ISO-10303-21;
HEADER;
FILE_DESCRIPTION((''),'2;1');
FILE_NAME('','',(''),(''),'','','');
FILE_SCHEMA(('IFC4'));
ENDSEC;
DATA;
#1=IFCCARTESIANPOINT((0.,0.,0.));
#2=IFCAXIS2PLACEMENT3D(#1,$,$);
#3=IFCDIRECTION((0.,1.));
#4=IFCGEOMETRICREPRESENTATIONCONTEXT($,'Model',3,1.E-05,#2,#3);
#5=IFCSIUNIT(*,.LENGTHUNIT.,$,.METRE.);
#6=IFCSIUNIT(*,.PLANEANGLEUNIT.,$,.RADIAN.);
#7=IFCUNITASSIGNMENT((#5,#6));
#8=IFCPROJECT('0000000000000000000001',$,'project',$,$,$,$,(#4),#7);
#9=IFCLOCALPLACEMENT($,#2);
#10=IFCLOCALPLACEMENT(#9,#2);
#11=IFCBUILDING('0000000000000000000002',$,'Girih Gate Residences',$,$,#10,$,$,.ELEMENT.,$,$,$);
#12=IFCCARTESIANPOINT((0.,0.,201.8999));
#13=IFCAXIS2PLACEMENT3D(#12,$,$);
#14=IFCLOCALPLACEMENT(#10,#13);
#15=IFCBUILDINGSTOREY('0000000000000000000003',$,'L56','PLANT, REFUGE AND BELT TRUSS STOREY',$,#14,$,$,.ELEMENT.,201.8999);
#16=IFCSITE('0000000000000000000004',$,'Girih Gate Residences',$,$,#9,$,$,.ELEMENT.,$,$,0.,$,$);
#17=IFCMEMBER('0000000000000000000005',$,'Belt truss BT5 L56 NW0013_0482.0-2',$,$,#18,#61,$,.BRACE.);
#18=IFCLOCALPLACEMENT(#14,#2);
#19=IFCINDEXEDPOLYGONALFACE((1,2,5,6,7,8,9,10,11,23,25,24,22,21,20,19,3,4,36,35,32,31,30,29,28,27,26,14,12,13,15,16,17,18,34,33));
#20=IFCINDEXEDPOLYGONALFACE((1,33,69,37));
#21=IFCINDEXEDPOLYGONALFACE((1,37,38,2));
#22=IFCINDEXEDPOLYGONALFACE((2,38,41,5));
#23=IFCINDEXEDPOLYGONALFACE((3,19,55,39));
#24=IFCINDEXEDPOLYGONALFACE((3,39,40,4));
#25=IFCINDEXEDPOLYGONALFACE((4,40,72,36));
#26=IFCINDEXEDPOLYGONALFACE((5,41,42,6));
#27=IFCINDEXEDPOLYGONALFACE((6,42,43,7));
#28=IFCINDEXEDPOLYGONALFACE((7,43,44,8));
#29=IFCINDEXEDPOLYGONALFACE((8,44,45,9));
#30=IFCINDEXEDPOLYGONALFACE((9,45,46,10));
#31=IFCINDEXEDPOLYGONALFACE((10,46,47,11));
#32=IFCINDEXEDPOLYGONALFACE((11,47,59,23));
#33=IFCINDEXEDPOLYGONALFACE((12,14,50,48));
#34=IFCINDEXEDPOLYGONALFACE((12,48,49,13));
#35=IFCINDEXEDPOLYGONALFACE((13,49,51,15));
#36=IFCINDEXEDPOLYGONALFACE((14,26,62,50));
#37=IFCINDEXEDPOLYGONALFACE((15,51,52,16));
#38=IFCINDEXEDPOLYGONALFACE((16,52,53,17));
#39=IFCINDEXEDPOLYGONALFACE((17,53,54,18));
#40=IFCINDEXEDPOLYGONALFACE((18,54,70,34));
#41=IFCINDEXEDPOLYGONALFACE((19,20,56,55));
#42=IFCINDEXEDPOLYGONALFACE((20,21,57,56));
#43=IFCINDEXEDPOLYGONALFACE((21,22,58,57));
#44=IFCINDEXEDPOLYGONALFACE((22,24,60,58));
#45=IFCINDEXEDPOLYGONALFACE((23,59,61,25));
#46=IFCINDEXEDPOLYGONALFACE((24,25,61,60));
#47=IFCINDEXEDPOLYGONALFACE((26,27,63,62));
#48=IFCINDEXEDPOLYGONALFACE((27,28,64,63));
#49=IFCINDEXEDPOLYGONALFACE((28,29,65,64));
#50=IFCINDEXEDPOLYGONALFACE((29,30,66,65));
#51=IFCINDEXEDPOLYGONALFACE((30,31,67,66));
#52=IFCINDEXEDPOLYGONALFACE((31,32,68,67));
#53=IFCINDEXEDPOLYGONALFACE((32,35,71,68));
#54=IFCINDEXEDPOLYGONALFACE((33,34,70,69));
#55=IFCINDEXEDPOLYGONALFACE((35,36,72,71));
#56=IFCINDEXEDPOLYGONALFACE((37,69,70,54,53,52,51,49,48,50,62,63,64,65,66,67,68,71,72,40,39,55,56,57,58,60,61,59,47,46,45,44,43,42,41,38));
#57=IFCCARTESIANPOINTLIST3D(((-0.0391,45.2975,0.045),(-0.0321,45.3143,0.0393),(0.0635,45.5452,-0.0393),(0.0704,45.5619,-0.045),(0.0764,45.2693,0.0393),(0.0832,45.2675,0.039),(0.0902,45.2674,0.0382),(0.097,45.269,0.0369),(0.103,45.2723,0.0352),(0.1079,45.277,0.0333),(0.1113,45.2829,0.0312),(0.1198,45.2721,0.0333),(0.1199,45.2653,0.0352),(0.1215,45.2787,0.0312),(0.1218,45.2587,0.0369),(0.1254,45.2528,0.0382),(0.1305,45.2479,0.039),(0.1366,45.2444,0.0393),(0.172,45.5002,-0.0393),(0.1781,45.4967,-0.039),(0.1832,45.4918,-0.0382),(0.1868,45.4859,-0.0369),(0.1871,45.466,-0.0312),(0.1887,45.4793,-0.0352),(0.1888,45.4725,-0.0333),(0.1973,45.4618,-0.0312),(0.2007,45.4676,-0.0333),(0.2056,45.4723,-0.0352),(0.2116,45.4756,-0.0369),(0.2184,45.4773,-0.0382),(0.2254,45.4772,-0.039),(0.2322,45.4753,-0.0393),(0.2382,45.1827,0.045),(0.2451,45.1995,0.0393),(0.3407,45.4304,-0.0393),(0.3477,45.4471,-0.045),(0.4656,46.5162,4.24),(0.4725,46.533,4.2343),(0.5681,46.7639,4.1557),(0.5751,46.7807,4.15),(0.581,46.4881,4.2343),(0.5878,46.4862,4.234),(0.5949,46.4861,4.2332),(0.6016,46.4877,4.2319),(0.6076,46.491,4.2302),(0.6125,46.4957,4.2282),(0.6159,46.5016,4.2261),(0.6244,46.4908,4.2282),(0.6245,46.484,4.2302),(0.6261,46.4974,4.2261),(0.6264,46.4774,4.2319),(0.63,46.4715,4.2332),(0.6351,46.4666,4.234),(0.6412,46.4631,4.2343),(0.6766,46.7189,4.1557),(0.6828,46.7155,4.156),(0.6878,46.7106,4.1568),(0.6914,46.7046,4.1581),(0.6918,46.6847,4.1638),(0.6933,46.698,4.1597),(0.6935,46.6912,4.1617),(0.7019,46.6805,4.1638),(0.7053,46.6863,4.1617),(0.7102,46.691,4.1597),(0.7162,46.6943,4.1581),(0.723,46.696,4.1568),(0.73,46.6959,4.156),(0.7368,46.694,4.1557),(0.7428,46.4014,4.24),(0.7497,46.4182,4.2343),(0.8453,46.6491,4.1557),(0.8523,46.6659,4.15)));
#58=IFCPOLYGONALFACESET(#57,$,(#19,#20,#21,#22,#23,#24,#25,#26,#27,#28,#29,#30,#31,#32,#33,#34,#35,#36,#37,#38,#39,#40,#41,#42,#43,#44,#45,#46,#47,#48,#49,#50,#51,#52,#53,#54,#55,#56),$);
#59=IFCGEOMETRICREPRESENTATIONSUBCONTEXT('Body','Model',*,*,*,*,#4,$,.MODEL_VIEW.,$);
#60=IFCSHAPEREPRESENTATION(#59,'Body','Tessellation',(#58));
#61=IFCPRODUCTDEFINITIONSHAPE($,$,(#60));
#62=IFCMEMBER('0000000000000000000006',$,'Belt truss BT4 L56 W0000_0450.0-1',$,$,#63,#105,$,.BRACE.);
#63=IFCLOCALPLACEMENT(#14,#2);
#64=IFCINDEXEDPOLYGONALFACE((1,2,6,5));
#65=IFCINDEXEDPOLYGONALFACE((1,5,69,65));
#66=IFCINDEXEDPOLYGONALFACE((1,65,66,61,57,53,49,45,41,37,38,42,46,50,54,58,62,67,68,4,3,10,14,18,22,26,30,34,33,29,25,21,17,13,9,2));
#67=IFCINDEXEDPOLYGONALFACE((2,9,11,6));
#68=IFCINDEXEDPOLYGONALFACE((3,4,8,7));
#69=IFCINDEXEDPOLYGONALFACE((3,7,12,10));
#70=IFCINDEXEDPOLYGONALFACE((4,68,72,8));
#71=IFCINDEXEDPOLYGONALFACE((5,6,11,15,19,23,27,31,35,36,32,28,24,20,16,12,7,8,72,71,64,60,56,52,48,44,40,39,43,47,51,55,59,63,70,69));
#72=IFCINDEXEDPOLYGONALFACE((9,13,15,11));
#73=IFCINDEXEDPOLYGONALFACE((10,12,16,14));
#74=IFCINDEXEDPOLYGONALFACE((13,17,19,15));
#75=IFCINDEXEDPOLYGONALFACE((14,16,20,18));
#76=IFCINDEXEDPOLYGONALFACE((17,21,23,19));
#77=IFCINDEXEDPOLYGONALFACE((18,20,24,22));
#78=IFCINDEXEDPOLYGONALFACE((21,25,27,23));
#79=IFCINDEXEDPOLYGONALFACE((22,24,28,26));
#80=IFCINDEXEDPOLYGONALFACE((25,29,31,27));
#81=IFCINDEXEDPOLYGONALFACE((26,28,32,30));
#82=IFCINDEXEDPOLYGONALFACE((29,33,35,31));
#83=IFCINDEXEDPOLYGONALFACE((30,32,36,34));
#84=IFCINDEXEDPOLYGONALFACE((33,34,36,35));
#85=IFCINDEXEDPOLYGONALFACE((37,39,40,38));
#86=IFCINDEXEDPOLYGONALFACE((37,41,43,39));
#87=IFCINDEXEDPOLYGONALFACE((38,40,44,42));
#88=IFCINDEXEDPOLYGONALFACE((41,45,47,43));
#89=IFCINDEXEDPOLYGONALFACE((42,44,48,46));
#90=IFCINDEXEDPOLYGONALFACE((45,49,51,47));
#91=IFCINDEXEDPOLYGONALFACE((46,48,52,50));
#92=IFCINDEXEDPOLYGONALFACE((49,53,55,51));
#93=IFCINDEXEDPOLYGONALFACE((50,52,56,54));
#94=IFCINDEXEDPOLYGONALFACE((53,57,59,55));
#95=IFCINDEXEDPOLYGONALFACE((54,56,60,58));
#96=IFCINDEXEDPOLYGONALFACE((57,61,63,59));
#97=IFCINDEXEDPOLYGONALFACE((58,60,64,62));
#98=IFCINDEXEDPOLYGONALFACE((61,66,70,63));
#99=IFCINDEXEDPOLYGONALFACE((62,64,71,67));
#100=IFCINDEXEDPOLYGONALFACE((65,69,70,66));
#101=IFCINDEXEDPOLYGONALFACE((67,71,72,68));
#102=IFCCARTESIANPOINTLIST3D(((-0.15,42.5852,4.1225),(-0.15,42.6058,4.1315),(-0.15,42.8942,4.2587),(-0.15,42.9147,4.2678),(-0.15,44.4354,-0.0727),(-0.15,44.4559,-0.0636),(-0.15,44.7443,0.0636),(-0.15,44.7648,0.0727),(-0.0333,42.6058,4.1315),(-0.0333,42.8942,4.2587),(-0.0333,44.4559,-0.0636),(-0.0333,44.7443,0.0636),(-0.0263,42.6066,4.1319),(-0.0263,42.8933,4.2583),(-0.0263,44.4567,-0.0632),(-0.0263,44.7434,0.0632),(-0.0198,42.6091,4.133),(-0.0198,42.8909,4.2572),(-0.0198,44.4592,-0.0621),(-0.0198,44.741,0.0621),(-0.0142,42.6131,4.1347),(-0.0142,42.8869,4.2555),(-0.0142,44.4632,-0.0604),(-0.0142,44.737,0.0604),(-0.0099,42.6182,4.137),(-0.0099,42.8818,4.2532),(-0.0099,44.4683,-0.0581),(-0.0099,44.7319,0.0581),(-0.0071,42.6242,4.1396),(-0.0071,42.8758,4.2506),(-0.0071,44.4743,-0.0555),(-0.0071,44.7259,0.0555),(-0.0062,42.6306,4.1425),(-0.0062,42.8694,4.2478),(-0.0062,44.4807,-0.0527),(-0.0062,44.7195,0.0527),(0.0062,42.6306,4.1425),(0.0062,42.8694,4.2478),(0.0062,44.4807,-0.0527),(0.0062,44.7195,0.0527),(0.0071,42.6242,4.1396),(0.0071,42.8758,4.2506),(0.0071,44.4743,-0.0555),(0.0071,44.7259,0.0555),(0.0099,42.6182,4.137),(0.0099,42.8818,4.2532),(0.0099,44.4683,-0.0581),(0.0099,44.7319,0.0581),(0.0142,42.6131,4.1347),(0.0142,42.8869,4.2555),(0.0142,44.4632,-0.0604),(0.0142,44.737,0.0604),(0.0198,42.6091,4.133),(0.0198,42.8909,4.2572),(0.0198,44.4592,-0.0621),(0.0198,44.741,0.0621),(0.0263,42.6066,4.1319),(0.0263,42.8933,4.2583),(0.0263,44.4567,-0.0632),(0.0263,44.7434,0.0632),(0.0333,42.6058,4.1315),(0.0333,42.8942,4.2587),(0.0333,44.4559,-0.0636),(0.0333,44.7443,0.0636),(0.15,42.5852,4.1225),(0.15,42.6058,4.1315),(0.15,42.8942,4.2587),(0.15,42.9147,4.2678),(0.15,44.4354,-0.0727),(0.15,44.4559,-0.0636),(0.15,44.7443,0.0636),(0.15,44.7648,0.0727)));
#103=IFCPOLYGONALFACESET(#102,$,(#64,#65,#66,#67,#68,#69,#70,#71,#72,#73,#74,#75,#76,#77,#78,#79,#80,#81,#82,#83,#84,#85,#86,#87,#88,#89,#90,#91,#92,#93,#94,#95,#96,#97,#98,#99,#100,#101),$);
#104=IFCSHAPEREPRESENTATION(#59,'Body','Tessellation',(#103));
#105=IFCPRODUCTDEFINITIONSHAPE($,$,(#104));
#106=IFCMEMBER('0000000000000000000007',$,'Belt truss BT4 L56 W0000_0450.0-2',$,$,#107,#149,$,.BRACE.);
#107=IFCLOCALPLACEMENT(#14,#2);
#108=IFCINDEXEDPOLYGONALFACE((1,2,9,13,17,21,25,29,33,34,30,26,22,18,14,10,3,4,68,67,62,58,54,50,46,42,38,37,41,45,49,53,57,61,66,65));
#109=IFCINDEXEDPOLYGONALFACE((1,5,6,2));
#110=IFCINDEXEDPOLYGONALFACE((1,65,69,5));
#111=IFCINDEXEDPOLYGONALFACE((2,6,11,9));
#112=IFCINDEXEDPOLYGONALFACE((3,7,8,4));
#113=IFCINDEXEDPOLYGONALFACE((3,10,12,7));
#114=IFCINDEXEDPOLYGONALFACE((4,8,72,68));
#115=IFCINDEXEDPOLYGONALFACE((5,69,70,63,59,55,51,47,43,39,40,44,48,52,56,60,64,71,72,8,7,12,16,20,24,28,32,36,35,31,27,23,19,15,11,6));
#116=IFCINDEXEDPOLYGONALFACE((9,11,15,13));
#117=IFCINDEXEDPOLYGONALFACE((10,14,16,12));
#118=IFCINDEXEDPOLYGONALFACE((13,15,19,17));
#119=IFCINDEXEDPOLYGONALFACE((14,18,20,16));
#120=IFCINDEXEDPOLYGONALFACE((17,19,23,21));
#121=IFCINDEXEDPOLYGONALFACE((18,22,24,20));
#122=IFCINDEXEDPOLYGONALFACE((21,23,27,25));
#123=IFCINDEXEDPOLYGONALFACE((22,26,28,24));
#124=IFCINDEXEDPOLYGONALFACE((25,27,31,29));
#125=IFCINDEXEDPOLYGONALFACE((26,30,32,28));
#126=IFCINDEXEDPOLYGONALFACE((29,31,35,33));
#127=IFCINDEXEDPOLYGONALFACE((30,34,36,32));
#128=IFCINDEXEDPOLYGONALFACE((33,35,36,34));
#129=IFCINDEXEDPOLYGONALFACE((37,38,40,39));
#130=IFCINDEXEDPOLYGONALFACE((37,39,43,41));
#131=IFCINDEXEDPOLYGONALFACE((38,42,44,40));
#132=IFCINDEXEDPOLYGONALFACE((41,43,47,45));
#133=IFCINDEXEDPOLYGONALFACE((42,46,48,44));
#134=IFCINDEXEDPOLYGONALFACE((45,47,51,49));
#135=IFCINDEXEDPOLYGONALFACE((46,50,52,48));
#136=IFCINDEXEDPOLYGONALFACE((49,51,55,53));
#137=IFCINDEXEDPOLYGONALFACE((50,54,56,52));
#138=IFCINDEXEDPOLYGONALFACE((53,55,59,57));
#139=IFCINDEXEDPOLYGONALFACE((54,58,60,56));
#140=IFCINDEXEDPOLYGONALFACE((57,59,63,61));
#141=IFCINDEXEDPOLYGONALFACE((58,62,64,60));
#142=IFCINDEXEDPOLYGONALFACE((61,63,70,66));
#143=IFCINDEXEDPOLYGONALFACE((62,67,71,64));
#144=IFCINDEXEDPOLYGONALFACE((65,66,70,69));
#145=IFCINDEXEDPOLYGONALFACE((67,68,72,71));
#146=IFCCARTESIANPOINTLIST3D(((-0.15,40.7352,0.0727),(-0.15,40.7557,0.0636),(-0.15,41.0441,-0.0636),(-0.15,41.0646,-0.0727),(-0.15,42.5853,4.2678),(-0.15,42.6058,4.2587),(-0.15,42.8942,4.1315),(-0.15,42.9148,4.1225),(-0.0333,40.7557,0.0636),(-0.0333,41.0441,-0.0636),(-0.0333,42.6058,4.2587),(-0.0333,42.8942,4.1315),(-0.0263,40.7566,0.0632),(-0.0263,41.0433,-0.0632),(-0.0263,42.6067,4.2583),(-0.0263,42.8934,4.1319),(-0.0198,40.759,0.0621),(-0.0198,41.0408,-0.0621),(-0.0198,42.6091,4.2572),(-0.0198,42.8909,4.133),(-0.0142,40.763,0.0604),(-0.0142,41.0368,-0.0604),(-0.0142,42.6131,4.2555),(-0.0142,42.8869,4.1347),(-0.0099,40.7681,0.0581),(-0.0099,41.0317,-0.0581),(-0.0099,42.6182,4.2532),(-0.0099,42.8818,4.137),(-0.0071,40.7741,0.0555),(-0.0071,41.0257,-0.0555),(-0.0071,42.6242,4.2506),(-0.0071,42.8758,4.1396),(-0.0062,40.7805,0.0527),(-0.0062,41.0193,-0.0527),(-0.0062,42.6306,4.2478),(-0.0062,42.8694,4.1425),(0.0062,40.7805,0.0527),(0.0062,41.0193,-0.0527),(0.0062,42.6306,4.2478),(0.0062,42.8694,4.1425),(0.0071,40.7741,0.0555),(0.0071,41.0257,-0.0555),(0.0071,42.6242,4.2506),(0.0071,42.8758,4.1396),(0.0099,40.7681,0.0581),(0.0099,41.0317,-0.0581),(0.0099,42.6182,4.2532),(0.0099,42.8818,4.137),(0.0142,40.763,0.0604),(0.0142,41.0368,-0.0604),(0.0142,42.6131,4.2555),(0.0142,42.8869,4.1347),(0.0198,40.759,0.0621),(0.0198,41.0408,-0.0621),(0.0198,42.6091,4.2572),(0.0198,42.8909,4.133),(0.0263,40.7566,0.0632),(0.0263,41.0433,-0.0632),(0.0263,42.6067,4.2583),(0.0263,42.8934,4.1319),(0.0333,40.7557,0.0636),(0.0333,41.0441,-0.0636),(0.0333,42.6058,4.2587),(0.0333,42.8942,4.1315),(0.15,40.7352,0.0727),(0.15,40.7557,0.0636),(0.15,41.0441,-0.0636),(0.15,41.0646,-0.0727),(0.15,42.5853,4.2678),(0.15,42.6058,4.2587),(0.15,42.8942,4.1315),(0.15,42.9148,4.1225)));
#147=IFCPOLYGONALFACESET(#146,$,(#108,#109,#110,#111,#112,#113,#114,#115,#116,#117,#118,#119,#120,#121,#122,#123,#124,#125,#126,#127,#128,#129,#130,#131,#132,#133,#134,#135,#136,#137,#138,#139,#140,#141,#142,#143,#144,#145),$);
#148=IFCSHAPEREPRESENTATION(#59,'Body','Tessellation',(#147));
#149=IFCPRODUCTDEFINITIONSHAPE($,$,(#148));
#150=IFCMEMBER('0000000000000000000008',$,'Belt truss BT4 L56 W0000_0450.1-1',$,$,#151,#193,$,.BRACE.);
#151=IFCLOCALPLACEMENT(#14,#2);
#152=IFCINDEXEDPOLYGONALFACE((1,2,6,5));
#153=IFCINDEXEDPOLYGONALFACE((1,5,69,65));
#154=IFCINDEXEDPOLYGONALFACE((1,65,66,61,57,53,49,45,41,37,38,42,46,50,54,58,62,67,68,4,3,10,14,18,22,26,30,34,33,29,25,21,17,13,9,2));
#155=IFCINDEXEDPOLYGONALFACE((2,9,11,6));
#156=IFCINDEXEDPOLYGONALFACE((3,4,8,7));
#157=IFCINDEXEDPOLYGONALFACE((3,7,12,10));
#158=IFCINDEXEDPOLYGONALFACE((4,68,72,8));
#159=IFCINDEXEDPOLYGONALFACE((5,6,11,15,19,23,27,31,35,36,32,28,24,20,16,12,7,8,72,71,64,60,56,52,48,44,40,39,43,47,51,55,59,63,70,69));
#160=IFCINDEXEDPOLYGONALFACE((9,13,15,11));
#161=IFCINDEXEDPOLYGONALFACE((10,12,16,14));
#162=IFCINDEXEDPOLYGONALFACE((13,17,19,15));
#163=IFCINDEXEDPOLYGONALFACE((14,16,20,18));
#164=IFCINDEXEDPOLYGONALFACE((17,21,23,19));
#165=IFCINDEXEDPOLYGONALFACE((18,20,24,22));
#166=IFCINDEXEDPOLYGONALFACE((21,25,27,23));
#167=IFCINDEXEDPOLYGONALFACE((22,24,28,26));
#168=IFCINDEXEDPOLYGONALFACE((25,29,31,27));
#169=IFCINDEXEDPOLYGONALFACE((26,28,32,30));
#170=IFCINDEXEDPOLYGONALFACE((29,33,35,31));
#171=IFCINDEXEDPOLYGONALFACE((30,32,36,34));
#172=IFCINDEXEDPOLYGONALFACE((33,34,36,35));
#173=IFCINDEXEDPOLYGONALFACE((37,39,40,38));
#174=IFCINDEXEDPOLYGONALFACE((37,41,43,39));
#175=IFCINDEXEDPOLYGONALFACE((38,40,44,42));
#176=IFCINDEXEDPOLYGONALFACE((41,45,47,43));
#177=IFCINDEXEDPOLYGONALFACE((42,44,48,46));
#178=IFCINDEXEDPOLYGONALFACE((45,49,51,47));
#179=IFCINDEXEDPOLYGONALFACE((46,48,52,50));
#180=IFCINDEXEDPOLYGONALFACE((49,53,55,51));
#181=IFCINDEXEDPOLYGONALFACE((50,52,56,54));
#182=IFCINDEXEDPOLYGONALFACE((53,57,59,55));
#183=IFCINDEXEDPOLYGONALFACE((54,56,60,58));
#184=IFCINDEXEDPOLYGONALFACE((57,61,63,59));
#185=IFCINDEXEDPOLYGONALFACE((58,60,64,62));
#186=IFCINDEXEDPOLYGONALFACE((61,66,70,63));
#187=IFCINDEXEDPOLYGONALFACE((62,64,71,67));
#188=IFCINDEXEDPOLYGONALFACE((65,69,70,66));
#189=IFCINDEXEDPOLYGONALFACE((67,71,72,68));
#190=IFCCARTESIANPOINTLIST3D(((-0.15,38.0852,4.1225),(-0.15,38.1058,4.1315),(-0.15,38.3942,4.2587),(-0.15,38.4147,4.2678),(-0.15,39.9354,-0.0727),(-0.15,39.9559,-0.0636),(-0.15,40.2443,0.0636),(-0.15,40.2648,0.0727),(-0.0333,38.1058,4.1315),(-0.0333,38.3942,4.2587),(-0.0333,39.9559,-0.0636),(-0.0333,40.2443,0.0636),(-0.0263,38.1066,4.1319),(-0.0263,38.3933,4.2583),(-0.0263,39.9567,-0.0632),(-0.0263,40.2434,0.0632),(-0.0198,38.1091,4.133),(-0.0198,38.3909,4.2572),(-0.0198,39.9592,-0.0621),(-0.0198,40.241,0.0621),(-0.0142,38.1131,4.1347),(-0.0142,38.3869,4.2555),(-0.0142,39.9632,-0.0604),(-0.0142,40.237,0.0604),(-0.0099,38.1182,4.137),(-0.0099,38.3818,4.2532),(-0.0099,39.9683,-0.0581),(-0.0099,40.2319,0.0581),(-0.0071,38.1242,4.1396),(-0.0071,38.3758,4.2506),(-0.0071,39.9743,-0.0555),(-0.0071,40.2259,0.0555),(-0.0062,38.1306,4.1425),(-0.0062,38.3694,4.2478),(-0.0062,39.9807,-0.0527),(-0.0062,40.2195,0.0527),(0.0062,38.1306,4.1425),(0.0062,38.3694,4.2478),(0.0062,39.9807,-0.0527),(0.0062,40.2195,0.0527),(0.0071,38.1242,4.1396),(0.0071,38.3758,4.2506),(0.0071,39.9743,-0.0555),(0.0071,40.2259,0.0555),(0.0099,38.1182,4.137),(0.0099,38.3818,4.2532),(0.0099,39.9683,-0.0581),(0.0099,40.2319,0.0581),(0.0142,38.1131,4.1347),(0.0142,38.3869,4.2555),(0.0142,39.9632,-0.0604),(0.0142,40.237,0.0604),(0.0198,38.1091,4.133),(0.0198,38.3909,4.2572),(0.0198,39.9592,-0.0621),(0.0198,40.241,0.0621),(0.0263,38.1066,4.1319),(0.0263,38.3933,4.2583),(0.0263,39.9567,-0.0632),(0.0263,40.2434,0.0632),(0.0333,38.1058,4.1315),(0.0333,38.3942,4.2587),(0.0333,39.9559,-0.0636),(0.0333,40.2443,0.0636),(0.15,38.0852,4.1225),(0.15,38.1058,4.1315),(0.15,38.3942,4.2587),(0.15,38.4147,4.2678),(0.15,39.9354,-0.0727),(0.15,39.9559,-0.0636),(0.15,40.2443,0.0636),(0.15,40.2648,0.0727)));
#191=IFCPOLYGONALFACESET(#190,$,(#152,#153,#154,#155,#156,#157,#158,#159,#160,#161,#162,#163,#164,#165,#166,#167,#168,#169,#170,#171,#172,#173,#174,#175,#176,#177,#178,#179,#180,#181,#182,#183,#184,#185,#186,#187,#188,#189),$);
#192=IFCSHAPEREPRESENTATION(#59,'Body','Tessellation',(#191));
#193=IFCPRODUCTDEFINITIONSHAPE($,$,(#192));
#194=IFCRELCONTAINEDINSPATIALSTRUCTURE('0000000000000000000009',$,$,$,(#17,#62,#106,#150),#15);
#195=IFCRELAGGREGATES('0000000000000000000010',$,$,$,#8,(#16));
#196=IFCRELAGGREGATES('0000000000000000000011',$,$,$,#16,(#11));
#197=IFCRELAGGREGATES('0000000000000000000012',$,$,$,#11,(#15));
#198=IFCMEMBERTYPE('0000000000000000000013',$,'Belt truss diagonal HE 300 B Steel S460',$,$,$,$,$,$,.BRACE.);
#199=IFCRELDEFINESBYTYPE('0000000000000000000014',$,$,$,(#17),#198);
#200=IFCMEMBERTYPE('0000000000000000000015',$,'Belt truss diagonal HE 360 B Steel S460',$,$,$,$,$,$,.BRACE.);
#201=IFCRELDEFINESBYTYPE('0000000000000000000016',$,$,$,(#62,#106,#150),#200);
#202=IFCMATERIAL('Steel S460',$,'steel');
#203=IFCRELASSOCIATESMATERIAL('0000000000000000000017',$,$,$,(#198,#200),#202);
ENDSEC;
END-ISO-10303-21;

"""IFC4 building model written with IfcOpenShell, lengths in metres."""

from ifc_helpers import new_model, si_unit, direction, frame, origin, origin_2d, place, context, subcontext, project, spatial, i_section, extrude, material, material_profile, profile_set, type_object, element, save


model = new_model("IFC4")

# Units and contexts
model_context = context("Model", 3, precision=1e-05, world=origin(), true_north=direction((0.0, 1.0)))
body_context = subcontext(model_context, "Body", "Model", "MODEL_VIEW")
ifc_project = project(units=[si_unit("LENGTHUNIT", "METRE"), si_unit("PLANEANGLEUNIT", "RADIAN")], contexts=[model_context])

# Site, building, storey
site_placement = place(None, origin())
site = spatial("IfcSite", under=ifc_project, at=site_placement, Name="Girih Gate Residences", CompositionType="ELEMENT", RefElevation=0.0)
building_placement = place(site_placement, origin())
building = spatial("IfcBuilding", under=site, at=building_placement, Name="Girih Gate Residences", CompositionType="ELEMENT")
storey_placement = place(building_placement, frame((0.0, 0.0, 201.8999)))
storey = spatial("IfcBuildingStorey", under=building, at=storey_placement, Name="L56", Description="PLANT, REFUGE AND BELT TRUSS STOREY", CompositionType="ELEMENT", Elevation=201.8999)

# Members
ifc_material_1 = material(Name="Steel S460", Category="steel")
ifc_material_profile_1 = material_profile(ifc_material_1, i_section(OverallWidth=0.3, OverallDepth=0.3, WebThickness=0.011, FlangeThickness=0.019, FilletRadius=0.0271, at=origin_2d()))
ifc_profile_set_1 = profile_set([ifc_material_profile_1], Name="Steel S460")
member_type_1 = type_object("IfcMemberType", Name="Belt truss diagonal HE 300 B Steel S460", PredefinedType="BRACE", material=ifc_profile_set_1)
member_1_placement = place(storey_placement, frame((0.1543, 45.3723, 0.0), z_axis=(0.114754, 0.277142, 0.953952), x_axis=(-0.923929, 0.382564, 0.0)))
element("IfcMember", 1, at=member_1_placement, inside=storey, type_object=member_type_1, Name="Belt truss BT5 L56 NW0013_0482.0-2", PredefinedType="BRACE", context=body_context, shape_type="SweptSolid", body=[
    extrude(i_section(OverallWidth=0.3, OverallDepth=0.3, WebThickness=0.011, FlangeThickness=0.019, FilletRadius=0.0271, at=origin_2d()), origin(), (0.0, 0.0, 1.0), 4.3975),
])
ifc_material_profile_2 = material_profile(ifc_material_1, i_section(OverallWidth=0.3, OverallDepth=0.3601, WebThickness=0.0125, FlangeThickness=0.0225, FilletRadius=0.0271, at=origin_2d()))
ifc_profile_set_2 = profile_set([ifc_material_profile_2], Name="Steel S460")
member_type_2 = type_object("IfcMemberType", Name="Belt truss diagonal HE 360 B Steel S460", PredefinedType="BRACE", material=ifc_profile_set_2)
for number, where, z_axis, x_axis, name in (
    (2, (0.0, 44.6001, 0.0), (0.0, -0.403518, 0.914972), (1.0, 0.0, 0.0), "Belt truss BT4 L56 W0000_0450.0-1"),
    (3, (0.0, 40.8999, 0.0), (0.0, 0.403518, 0.914972), (-1.0, 0.0, 0.0), "Belt truss BT4 L56 W0000_0450.0-2"),
    (4, (0.0, 40.1001, 0.0), (0.0, -0.403518, 0.914972), (1.0, 0.0, 0.0), "Belt truss BT4 L56 W0000_0450.1-1"),
):
    element("IfcMember", number, at=place(storey_placement, frame(where, z_axis=z_axis, x_axis=x_axis)), inside=storey, type_object=member_type_2, Name=name, PredefinedType="BRACE", context=body_context, shape_type="SweptSolid", body=[
        extrude(i_section(OverallWidth=0.3, OverallDepth=0.3601, WebThickness=0.0125, FlangeThickness=0.0225, FilletRadius=0.0271, at=origin_2d()), origin(), (0.0, 0.0, 1.0), 4.585),
    ])

save(model, "model.ifc")
